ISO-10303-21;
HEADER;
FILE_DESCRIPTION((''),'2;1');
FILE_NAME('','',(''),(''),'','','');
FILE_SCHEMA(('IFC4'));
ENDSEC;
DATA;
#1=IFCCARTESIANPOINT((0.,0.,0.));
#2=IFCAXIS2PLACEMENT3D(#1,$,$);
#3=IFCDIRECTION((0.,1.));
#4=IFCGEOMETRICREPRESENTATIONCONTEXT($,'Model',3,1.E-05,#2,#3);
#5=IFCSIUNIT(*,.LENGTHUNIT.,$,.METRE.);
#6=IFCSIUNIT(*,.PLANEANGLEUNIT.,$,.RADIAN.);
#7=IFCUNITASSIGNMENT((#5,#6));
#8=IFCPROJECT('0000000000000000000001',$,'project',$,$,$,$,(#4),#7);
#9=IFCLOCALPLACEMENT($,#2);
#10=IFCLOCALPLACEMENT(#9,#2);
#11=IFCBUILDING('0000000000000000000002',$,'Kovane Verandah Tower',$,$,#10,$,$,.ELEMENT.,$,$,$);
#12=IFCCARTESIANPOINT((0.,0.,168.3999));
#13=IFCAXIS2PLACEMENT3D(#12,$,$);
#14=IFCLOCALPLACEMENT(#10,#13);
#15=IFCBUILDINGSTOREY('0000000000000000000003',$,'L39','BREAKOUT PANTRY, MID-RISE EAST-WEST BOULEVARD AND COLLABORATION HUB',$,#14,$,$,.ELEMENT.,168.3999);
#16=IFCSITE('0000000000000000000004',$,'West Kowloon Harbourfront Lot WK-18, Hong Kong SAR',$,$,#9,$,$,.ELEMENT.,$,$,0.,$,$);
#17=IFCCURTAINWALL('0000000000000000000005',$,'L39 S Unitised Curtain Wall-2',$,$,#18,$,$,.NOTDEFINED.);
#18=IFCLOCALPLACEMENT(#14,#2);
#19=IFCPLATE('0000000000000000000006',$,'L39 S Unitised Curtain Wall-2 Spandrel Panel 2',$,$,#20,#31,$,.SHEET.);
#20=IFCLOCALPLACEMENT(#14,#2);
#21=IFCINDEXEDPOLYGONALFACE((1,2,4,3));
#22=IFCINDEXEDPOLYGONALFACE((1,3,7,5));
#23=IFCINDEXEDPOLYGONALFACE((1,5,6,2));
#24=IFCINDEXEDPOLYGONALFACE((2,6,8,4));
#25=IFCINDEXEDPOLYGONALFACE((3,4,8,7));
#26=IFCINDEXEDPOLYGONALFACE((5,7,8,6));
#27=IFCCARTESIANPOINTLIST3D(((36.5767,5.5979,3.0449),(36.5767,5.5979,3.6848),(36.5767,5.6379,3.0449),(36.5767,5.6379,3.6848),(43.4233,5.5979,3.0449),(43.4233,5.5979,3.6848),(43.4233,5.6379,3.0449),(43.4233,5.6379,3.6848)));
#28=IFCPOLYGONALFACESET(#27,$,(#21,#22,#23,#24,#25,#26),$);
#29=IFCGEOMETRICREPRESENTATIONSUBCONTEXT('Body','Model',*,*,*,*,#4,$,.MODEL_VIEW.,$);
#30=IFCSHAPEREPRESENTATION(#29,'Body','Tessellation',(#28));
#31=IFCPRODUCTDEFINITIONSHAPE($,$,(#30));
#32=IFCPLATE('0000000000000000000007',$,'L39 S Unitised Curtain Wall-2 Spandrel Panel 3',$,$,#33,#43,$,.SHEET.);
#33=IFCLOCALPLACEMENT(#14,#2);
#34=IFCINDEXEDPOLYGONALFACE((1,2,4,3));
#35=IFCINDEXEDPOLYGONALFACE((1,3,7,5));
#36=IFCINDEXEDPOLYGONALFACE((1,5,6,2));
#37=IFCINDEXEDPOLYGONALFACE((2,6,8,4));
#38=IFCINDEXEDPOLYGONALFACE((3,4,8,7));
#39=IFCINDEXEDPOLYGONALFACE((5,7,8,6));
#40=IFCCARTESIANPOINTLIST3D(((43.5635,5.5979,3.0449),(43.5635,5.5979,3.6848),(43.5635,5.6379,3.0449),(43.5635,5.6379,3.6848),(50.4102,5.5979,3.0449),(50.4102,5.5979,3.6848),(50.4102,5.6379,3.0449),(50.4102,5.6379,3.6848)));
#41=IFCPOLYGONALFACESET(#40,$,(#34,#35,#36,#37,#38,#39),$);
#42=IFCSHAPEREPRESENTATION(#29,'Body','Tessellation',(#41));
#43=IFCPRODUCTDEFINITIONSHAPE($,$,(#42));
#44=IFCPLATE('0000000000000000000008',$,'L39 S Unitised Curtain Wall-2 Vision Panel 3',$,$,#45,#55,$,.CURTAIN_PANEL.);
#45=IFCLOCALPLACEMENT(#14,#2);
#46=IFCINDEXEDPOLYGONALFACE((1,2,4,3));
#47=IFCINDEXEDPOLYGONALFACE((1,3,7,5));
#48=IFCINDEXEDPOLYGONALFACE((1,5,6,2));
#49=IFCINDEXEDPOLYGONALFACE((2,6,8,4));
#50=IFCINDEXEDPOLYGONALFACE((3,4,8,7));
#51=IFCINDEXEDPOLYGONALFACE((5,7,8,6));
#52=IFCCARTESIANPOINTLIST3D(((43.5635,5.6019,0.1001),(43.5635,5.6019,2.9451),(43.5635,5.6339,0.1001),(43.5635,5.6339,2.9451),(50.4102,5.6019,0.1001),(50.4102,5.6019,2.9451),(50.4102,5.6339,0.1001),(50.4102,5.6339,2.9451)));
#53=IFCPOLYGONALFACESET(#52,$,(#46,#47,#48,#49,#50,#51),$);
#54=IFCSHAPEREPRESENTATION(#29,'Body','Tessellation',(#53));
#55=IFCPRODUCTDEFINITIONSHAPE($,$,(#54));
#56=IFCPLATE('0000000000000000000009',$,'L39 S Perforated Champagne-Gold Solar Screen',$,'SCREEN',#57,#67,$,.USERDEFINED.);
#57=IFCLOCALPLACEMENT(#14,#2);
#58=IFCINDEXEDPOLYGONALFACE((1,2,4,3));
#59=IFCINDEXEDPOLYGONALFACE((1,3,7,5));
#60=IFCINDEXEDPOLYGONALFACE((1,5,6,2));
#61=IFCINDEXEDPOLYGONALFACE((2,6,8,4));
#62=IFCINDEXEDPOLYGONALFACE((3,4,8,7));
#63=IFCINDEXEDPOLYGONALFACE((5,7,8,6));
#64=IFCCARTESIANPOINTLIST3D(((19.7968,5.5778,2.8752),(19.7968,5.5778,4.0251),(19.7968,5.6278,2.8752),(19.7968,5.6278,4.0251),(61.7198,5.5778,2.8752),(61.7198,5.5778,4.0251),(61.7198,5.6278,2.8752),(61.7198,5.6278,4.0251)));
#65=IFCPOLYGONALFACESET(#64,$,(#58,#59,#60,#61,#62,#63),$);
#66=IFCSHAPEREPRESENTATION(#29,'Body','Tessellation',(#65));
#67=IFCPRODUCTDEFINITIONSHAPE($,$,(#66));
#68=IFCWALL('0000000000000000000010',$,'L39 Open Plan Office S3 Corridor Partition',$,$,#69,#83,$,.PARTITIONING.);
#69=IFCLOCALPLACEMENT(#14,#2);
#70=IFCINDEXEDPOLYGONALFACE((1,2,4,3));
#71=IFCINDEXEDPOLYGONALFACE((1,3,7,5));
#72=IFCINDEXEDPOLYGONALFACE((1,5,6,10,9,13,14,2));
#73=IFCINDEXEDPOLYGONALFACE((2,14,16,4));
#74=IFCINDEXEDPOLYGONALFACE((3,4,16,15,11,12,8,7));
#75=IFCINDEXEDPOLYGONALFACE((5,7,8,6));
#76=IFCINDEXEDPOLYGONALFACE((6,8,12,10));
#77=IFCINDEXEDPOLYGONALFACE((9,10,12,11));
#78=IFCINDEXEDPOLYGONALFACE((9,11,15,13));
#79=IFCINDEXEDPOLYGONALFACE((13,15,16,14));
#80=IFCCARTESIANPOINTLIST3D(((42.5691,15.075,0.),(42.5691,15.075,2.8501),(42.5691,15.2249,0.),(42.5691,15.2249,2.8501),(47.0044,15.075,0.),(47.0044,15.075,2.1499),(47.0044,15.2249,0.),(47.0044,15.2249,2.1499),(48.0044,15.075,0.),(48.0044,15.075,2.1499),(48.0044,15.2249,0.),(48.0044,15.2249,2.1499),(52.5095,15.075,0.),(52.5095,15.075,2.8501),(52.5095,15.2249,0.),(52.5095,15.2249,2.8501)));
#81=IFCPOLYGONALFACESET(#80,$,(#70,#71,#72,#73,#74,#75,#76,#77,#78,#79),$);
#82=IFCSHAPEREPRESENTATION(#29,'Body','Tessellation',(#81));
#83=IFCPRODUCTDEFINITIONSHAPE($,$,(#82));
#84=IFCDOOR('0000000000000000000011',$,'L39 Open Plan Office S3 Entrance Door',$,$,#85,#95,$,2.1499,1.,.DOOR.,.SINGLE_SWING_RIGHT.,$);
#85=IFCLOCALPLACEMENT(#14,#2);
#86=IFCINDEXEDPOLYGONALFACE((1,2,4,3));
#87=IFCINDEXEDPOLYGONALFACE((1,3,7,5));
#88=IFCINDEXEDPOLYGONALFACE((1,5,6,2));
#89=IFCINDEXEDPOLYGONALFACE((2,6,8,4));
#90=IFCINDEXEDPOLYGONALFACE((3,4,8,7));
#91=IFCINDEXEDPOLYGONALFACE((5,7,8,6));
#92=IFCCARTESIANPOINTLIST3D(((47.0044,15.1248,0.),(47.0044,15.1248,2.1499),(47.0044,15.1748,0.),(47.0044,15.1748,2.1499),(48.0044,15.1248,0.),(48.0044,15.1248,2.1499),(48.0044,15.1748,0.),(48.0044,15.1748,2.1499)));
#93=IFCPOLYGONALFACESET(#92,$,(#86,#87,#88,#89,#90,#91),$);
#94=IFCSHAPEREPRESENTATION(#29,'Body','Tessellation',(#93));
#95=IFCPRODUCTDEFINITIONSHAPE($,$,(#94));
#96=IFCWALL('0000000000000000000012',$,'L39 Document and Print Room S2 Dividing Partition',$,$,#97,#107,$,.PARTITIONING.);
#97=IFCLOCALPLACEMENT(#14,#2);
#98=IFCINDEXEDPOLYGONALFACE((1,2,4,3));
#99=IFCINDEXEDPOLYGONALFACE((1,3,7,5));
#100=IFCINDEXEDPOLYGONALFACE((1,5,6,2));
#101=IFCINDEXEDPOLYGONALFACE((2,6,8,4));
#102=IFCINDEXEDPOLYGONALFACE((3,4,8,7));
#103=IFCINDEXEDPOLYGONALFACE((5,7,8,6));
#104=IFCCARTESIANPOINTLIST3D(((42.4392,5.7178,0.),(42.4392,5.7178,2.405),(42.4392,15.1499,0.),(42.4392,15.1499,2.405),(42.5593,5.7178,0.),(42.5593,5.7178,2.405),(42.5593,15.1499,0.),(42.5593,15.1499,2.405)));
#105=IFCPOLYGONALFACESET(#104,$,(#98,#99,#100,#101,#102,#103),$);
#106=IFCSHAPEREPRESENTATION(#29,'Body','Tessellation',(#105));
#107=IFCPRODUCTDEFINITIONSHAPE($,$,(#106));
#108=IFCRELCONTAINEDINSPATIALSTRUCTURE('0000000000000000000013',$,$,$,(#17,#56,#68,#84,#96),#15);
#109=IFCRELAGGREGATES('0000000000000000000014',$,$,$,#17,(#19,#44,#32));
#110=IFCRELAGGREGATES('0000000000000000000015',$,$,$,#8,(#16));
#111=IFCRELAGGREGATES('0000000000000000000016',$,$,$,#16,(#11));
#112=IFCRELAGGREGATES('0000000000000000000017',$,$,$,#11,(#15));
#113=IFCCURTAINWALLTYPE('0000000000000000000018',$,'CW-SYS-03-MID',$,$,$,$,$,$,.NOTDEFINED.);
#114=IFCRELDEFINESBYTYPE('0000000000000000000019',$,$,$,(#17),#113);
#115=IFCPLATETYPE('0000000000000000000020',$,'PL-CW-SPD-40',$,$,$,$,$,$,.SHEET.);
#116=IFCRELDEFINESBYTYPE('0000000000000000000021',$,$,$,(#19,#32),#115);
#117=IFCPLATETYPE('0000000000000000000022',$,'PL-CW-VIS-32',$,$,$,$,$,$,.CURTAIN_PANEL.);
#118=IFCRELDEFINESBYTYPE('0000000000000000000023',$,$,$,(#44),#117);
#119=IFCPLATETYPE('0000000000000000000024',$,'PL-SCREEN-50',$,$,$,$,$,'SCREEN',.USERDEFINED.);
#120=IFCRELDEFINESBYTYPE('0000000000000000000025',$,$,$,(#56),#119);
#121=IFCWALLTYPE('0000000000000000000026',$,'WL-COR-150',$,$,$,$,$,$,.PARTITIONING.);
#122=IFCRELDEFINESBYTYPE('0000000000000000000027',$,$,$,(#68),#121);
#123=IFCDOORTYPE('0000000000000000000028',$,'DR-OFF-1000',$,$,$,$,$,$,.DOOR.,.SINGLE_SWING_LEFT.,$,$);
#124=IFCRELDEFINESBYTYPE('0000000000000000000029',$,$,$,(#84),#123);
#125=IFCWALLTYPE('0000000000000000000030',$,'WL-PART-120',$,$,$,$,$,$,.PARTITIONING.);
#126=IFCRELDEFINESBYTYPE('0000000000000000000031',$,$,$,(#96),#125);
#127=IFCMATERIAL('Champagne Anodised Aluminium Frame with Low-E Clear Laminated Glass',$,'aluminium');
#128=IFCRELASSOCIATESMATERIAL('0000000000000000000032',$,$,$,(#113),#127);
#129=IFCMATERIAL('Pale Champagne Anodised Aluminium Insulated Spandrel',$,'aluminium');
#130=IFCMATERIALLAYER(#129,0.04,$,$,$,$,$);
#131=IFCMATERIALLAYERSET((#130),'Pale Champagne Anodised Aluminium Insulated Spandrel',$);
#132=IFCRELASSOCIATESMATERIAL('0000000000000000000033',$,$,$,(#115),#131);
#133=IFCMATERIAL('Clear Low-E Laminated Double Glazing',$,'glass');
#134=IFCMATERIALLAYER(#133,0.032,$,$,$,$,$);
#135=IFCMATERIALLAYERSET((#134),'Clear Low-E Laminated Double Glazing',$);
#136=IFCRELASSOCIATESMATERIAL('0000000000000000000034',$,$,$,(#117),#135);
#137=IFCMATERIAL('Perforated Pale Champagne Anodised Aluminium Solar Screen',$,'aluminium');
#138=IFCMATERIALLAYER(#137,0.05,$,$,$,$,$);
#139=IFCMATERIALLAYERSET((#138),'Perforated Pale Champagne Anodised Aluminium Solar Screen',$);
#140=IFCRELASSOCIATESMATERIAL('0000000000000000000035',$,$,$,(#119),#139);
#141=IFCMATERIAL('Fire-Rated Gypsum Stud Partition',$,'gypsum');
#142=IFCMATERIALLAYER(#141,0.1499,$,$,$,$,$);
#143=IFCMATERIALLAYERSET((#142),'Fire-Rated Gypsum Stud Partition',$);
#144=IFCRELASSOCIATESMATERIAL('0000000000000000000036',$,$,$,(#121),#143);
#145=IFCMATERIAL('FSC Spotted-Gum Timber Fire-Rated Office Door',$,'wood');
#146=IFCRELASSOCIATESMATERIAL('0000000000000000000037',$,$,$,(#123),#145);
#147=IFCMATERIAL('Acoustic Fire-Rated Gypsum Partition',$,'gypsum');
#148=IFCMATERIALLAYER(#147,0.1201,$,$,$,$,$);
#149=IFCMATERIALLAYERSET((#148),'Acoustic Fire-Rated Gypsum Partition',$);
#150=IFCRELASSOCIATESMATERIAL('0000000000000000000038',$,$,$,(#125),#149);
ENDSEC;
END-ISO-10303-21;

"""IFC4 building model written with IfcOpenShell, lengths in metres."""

from ifc_helpers import new_model, si_unit, direction, frame, frame_2d, origin, origin_2d, place, context, subcontext, project, spatial, rectangle, extrude, material, layer, layer_set, type_object, element, fill, aggregate, save


model = new_model("IFC4")

# Units and contexts
model_context = context("Model", 3, precision=1e-05, world=origin(), true_north=direction((0.0, 1.0)))
body_context = subcontext(model_context, "Body", "Model", "MODEL_VIEW")
ifc_project = project(units=[si_unit("LENGTHUNIT", "METRE"), si_unit("PLANEANGLEUNIT", "RADIAN")], contexts=[model_context])

# Site, building, storey
site_placement = place(None, origin())
site = spatial("IfcSite", under=ifc_project, at=site_placement, Name="West Kowloon Harbourfront Lot WK-18, Hong Kong SAR", CompositionType="ELEMENT", RefElevation=0.0)
building_placement = place(site_placement, origin())
building = spatial("IfcBuilding", under=site, at=building_placement, Name="Kovane Verandah Tower", CompositionType="ELEMENT")
storey_placement = place(building_placement, frame((0.0, 0.0, 168.3999)))
storey = spatial("IfcBuildingStorey", under=building, at=storey_placement, Name="L39", Description="BREAKOUT PANTRY, MID-RISE EAST-WEST BOULEVARD AND COLLABORATION HUB", CompositionType="ELEMENT", Elevation=168.3999)

# Curtain wall
ifc_material_1 = material(Name="Champagne Anodised Aluminium Frame with Low-E Clear Laminated Glass", Category="aluminium")
curtain_wall_type = type_object("IfcCurtainWallType", Name="CW-SYS-03-MID", PredefinedType="NOTDEFINED", material=ifc_material_1)
curtain_wall_1_placement = place(storey_placement, origin())
curtain_wall_1 = element("IfcCurtainWall", 1, at=curtain_wall_1_placement, inside=storey, type_object=curtain_wall_type, Name="L39 S Unitised Curtain Wall-2", PredefinedType="NOTDEFINED")

# Plates
ifc_material_2 = material(Name="Pale Champagne Anodised Aluminium Insulated Spandrel", Category="aluminium")
ifc_layer_1 = layer(ifc_material_2, 0.04)
ifc_layer_set_1 = layer_set([ifc_layer_1], Name="Pale Champagne Anodised Aluminium Insulated Spandrel")
plate_type_1 = type_object("IfcPlateType", Name="PL-CW-SPD-40", PredefinedType="SHEET", material=ifc_layer_set_1)
plate_1_placement = place(storey_placement, frame((40.0, 5.6179, 3.0449), z_axis=(0.0, 0.0, 1.0), x_axis=(1.0, 0.0, 0.0)))
plate_1 = element("IfcPlate", 2, at=plate_1_placement, type_object=plate_type_1, Name="L39 S Unitised Curtain Wall-2 Spandrel Panel 2", PredefinedType="SHEET", context=body_context, shape_type="SweptSolid", body=[
    extrude(rectangle(XDim=6.8467, YDim=0.04, at=origin_2d()), origin(), (0.0, 0.0, 1.0), 0.6399),
])
plate_2_placement = place(storey_placement, frame((46.9868, 5.6179, 3.0449), z_axis=(0.0, 0.0, 1.0), x_axis=(1.0, 0.0, 0.0)))
plate_2 = element("IfcPlate", 3, at=plate_2_placement, type_object=plate_type_1, Name="L39 S Unitised Curtain Wall-2 Spandrel Panel 3", PredefinedType="SHEET", context=body_context, shape_type="SweptSolid", body=[
    extrude(rectangle(XDim=6.8467, YDim=0.04, at=origin_2d()), origin(), (0.0, 0.0, 1.0), 0.6399),
])
ifc_material_3 = material(Name="Clear Low-E Laminated Double Glazing", Category="glass")
ifc_layer_2 = layer(ifc_material_3, 0.032)
ifc_layer_set_2 = layer_set([ifc_layer_2], Name="Clear Low-E Laminated Double Glazing")
plate_type_2 = type_object("IfcPlateType", Name="PL-CW-VIS-32", PredefinedType="CURTAIN_PANEL", material=ifc_layer_set_2)
plate_3_placement = place(storey_placement, frame((46.9868, 5.6179, 0.1001), z_axis=(0.0, 0.0, 1.0), x_axis=(1.0, 0.0, 0.0)))
plate_3 = element("IfcPlate", 4, at=plate_3_placement, type_object=plate_type_2, Name="L39 S Unitised Curtain Wall-2 Vision Panel 3", PredefinedType="CURTAIN_PANEL", context=body_context, shape_type="SweptSolid", body=[
    extrude(rectangle(XDim=6.8467, YDim=0.032, at=origin_2d()), origin(), (0.0, 0.0, 1.0), 2.845),
])
aggregate(curtain_wall_1, [plate_1, plate_3, plate_2])
ifc_material_4 = material(Name="Perforated Pale Champagne Anodised Aluminium Solar Screen", Category="aluminium")
ifc_layer_3 = layer(ifc_material_4, 0.05)
ifc_layer_set_3 = layer_set([ifc_layer_3], Name="Perforated Pale Champagne Anodised Aluminium Solar Screen")
plate_type_3 = type_object("IfcPlateType", Name="PL-SCREEN-50", ElementType="SCREEN", PredefinedType="USERDEFINED", material=ifc_layer_set_3)
plate_4_placement = place(storey_placement, frame((40.7583, 5.6028, 2.8752), z_axis=(0.0, 0.0, 1.0), x_axis=(1.0, 0.0, 0.0)))
element("IfcPlate", 5, at=plate_4_placement, inside=storey, type_object=plate_type_3, Name="L39 S Perforated Champagne-Gold Solar Screen", ObjectType="SCREEN", PredefinedType="USERDEFINED", context=body_context, shape_type="SweptSolid", body=[
    extrude(rectangle(XDim=41.9231, YDim=0.05, at=origin_2d()), origin(), (0.0, 0.0, 1.0), 1.1499),
])

# Wall, opening, door
ifc_material_5 = material(Name="Fire-Rated Gypsum Stud Partition", Category="gypsum")
ifc_layer_4 = layer(ifc_material_5, 0.1499)
ifc_layer_set_4 = layer_set([ifc_layer_4], Name="Fire-Rated Gypsum Stud Partition")
wall_type_1 = type_object("IfcWallType", Name="WL-COR-150", PredefinedType="PARTITIONING", material=ifc_layer_set_4)
wall_1_placement = place(storey_placement, frame((42.5691, 15.1499, 0.0), z_axis=(0.0, 0.0, 1.0), x_axis=(1.0, 0.0, 0.0)))
wall_1 = element("IfcWall", 6, at=wall_1_placement, inside=storey, type_object=wall_type_1, Name="L39 Open Plan Office S3 Corridor Partition", PredefinedType="PARTITIONING", context=body_context, shape_type="SweptSolid", body=[
    extrude(rectangle(XDim=9.9404, YDim=0.1499, at=frame_2d((4.9702, 0.0))), origin(), (0.0, 0.0, 1.0), 2.8501),
])
opening_placement = place(wall_1_placement, frame((4.4353, 0.0, 0.0)))
opening = element("IfcOpeningElement", 7, at=opening_placement, cuts=wall_1, PredefinedType="OPENING", context=body_context, shape_type="SweptSolid", body=[
    extrude(rectangle(XDim=1.0, YDim=2.1499, at=frame_2d((0.5, 1.075))), frame((0.0, 0.075, 0.0), z_axis=(0.0, -1.0, 0.0), x_axis=(1.0, 0.0, 0.0)), (0.0, 0.0, 1.0), 0.1499),
])
ifc_material_6 = material(Name="FSC Spotted-Gum Timber Fire-Rated Office Door", Category="wood")
door_type = type_object("IfcDoorType", Name="DR-OFF-1000", OperationType="SINGLE_SWING_LEFT", PredefinedType="DOOR", material=ifc_material_6)
door_placement = place(opening_placement, origin())
door = element("IfcDoor", 8, at=door_placement, inside=storey, type_object=door_type, Name="L39 Open Plan Office S3 Entrance Door", OperationType="SINGLE_SWING_RIGHT", OverallHeight=2.1499, OverallWidth=1.0, PredefinedType="DOOR", context=body_context, shape_type="SweptSolid", body=[
    extrude(rectangle(XDim=1.0, YDim=2.1499, at=frame_2d((0.5, 1.075))), frame((0.0, 0.0249, 0.0), z_axis=(0.0, -1.0, 0.0), x_axis=(1.0, 0.0, 0.0)), (0.0, 0.0, 1.0), 0.05),
])
fill(opening, door)

# Wall
ifc_material_7 = material(Name="Acoustic Fire-Rated Gypsum Partition", Category="gypsum")
ifc_layer_5 = layer(ifc_material_7, 0.1201)
ifc_layer_set_5 = layer_set([ifc_layer_5], Name="Acoustic Fire-Rated Gypsum Partition")
wall_type_2 = type_object("IfcWallType", Name="WL-PART-120", PredefinedType="PARTITIONING", material=ifc_layer_set_5)
wall_2_placement = place(storey_placement, frame((42.4993, 5.7178, 0.0), z_axis=(0.0, 0.0, 1.0), x_axis=(0.0, 1.0, 0.0)))
element("IfcWall", 9, at=wall_2_placement, inside=storey, type_object=wall_type_2, Name="L39 Document and Print Room S2 Dividing Partition", PredefinedType="PARTITIONING", context=body_context, shape_type="SweptSolid", body=[
    extrude(rectangle(XDim=9.4321, YDim=0.1201, at=frame_2d((4.7161, 0.0))), origin(), (0.0, 0.0, 1.0), 2.405),
])

save(model, "model.ifc")
